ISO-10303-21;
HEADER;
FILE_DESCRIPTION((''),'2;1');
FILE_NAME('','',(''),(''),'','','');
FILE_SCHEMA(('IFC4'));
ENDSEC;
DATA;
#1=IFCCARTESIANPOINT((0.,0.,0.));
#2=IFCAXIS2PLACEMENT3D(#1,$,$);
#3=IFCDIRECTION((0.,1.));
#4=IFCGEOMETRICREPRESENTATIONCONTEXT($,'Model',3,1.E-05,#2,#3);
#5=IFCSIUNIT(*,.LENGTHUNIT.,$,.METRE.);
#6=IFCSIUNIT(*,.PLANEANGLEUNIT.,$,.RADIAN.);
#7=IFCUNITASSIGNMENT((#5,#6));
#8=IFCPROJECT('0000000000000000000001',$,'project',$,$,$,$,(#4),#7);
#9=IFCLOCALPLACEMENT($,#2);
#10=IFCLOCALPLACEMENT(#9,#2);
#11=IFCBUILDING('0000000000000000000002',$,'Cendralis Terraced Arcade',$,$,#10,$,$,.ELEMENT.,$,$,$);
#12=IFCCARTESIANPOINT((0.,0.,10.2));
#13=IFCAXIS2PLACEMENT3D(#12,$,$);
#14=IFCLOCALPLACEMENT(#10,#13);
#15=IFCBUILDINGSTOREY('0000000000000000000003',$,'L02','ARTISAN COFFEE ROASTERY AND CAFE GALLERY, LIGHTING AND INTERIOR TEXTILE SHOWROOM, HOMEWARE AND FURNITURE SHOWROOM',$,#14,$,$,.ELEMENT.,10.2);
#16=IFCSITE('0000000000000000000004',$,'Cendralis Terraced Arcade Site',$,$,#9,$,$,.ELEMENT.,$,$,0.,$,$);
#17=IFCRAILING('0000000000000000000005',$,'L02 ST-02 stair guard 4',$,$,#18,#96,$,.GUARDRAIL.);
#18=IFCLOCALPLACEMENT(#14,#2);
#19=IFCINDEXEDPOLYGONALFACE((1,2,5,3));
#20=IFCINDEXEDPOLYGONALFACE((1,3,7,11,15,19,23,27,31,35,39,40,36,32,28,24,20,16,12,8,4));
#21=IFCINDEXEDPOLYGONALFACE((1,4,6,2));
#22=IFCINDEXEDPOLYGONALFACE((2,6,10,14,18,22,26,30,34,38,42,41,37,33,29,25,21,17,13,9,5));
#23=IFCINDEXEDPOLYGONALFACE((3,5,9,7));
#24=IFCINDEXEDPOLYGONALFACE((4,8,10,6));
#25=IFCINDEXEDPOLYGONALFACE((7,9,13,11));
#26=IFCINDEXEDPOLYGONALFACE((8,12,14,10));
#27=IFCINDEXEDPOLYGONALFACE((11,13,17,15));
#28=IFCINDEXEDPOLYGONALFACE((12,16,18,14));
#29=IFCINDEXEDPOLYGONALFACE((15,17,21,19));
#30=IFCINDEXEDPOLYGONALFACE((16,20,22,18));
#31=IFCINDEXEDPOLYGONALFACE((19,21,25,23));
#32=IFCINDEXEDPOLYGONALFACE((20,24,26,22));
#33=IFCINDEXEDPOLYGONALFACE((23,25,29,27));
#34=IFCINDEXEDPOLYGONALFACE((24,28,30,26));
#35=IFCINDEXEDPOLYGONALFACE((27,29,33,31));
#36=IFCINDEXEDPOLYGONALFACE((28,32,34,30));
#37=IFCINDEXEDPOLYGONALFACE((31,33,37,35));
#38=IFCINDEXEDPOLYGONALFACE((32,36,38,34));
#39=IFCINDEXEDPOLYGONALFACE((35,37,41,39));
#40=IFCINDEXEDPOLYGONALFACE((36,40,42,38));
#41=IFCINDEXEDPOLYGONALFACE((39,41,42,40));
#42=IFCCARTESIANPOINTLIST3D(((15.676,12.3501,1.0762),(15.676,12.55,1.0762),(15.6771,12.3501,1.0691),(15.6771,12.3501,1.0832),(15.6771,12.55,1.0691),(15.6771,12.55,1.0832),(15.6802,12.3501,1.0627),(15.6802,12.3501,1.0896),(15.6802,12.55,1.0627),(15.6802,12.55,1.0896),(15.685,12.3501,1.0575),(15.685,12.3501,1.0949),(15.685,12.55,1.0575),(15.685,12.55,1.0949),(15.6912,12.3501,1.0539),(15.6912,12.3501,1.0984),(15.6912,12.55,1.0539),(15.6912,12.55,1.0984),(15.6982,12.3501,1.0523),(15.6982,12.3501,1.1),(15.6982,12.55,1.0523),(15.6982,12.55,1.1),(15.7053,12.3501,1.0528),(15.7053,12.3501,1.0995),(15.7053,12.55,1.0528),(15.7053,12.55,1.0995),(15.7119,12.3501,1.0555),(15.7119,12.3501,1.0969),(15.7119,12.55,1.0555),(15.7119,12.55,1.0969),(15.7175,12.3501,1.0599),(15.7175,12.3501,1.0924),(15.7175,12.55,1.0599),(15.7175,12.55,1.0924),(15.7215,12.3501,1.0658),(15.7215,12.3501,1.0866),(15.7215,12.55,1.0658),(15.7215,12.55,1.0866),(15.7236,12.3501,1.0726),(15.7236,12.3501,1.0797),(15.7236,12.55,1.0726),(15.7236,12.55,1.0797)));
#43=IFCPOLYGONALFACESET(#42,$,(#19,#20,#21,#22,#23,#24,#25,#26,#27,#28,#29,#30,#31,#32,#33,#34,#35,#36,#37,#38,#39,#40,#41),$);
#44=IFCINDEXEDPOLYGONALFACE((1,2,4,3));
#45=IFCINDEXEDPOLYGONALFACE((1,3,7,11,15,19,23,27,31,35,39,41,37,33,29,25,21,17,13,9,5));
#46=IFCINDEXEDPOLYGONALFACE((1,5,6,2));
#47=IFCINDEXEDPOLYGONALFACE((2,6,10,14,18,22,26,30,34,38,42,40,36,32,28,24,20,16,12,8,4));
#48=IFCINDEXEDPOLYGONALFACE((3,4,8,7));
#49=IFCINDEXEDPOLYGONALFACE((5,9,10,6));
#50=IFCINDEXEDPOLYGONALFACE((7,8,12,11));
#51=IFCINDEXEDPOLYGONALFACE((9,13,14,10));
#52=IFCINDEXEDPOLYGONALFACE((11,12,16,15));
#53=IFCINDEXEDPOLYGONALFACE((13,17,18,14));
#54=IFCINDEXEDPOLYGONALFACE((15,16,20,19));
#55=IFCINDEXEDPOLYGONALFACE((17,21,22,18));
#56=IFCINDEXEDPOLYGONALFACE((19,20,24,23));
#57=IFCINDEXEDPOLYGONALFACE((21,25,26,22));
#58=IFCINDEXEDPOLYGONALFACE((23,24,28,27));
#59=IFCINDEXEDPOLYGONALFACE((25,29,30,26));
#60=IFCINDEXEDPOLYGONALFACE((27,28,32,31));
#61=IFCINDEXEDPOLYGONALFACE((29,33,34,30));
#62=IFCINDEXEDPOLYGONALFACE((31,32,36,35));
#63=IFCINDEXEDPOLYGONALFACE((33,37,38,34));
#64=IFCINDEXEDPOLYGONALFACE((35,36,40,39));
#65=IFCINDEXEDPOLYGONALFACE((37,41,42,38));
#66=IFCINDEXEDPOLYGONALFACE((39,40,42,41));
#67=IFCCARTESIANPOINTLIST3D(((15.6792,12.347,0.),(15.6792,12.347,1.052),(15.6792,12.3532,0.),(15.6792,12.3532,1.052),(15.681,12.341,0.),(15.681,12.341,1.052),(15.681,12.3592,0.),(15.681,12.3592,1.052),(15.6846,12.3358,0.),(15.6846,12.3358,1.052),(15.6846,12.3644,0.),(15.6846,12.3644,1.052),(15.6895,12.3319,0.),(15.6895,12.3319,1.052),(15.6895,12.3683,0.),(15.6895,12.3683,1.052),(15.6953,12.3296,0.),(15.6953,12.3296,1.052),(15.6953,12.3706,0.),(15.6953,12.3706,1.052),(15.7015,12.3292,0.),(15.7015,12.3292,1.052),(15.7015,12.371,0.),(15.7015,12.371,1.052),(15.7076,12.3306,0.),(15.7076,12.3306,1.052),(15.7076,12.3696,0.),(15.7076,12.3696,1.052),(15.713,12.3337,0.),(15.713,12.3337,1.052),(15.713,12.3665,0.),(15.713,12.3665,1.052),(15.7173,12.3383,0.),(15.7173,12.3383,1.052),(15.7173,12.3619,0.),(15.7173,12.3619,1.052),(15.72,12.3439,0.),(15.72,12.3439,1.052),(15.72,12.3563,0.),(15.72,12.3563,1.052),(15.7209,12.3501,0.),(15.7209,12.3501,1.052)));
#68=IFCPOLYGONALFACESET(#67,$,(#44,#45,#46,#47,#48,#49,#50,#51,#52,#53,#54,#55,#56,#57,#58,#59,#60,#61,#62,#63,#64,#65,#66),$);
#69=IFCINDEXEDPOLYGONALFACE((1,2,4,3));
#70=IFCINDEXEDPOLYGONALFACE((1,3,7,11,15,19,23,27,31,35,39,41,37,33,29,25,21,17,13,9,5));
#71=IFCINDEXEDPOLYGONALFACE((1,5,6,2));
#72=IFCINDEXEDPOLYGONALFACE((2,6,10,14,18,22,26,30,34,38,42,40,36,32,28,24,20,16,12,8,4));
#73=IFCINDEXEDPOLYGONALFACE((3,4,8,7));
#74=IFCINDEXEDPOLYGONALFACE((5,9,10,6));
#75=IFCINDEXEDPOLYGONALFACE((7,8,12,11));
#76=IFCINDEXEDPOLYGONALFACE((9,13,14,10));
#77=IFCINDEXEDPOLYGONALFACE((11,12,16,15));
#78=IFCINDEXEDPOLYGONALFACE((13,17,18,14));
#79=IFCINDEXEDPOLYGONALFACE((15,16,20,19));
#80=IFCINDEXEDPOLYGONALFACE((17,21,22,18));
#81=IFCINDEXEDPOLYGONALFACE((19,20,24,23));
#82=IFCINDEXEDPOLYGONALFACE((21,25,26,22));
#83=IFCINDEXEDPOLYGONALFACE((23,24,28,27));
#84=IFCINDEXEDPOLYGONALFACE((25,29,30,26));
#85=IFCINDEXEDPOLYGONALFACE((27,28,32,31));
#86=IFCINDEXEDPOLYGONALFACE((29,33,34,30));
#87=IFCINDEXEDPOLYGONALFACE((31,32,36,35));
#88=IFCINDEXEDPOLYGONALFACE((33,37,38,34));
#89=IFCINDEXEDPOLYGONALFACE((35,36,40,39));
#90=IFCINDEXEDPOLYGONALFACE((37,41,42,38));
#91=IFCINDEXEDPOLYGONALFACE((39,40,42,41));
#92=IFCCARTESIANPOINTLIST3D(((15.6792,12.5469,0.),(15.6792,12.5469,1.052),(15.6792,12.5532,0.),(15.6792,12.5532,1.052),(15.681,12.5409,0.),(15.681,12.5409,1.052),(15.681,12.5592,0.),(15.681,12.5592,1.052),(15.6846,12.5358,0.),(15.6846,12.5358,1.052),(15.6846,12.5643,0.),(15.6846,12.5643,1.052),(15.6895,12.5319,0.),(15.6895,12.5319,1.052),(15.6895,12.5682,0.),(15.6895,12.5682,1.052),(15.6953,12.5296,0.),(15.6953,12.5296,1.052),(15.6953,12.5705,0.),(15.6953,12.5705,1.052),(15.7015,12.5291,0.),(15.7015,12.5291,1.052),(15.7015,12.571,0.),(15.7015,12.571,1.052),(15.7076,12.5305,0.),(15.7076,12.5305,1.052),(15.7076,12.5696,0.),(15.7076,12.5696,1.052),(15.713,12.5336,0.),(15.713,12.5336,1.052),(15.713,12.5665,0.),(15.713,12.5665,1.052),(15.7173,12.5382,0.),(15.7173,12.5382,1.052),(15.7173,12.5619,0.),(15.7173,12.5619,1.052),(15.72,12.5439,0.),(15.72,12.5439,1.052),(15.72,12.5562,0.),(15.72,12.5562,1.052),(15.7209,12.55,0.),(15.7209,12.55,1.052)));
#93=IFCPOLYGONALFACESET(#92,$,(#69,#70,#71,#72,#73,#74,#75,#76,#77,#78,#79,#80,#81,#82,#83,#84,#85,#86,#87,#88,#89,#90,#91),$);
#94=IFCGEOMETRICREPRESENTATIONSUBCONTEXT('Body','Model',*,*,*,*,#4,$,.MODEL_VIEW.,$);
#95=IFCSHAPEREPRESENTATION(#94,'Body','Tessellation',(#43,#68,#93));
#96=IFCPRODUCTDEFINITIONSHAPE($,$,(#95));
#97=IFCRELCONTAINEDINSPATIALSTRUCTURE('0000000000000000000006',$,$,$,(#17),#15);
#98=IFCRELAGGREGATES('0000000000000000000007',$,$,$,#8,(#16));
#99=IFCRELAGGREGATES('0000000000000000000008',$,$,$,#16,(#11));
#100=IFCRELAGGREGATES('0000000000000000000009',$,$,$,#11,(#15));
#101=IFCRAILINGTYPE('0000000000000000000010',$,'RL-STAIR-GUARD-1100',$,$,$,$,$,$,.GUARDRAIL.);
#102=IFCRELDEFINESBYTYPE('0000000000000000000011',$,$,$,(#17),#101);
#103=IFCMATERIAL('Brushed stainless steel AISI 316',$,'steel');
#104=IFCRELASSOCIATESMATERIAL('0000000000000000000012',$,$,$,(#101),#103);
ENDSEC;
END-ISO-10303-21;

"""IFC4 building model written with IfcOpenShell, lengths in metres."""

from ifc_helpers import new_model, si_unit, direction, frame, origin, origin_2d, place, context, subcontext, project, spatial, circle, extrude, material, type_object, element, save


model = new_model("IFC4")

# Units and contexts
model_context = context("Model", 3, precision=1e-05, world=origin(), true_north=direction((0.0, 1.0)))
body_context = subcontext(model_context, "Body", "Model", "MODEL_VIEW")
ifc_project = project(units=[si_unit("LENGTHUNIT", "METRE"), si_unit("PLANEANGLEUNIT", "RADIAN")], contexts=[model_context])

# Site, building, storey
site_placement = place(None, origin())
site = spatial("IfcSite", under=ifc_project, at=site_placement, Name="Cendralis Terraced Arcade Site", CompositionType="ELEMENT", RefElevation=0.0)
building_placement = place(site_placement, origin())
building = spatial("IfcBuilding", under=site, at=building_placement, Name="Cendralis Terraced Arcade", CompositionType="ELEMENT")
storey_placement = place(building_placement, frame((0.0, 0.0, 10.2)))
storey = spatial("IfcBuildingStorey", under=building, at=storey_placement, Name="L02", Description="ARTISAN COFFEE ROASTERY AND CAFE GALLERY, LIGHTING AND INTERIOR TEXTILE SHOWROOM, HOMEWARE AND FURNITURE SHOWROOM", CompositionType="ELEMENT", Elevation=10.2)

# Railing
ifc_material_1 = material(Name="Brushed stainless steel AISI 316", Category="steel")
railing_type_1 = type_object("IfcRailingType", Name="RL-STAIR-GUARD-1100", PredefinedType="GUARDRAIL", material=ifc_material_1)
railing_1_placement = place(storey_placement, frame((15.7, 12.3501, 0.0)))
element("IfcRailing", 1, at=railing_1_placement, inside=storey, type_object=railing_type_1, Name="L02 ST-02 stair guard 4", PredefinedType="GUARDRAIL", context=body_context, shape_type="SweptSolid", body=[
    extrude(circle(Radius=0.0239, at=origin_2d()), frame((0.0, 0.0, 1.0762), z_axis=(0.0, 1.0, 0.0), x_axis=(-1.0, 0.0, 0.0)), (0.0, 0.0, 1.0), 0.2),
    extrude(circle(Radius=0.021, at=origin_2d()), origin(), (0.0, 0.0, 1.0), 1.052),
    extrude(circle(Radius=0.021, at=origin_2d()), frame((0.0, 0.2, 0.0)), (0.0, 0.0, 1.0), 1.052),
])

save(model, "model.ifc")
